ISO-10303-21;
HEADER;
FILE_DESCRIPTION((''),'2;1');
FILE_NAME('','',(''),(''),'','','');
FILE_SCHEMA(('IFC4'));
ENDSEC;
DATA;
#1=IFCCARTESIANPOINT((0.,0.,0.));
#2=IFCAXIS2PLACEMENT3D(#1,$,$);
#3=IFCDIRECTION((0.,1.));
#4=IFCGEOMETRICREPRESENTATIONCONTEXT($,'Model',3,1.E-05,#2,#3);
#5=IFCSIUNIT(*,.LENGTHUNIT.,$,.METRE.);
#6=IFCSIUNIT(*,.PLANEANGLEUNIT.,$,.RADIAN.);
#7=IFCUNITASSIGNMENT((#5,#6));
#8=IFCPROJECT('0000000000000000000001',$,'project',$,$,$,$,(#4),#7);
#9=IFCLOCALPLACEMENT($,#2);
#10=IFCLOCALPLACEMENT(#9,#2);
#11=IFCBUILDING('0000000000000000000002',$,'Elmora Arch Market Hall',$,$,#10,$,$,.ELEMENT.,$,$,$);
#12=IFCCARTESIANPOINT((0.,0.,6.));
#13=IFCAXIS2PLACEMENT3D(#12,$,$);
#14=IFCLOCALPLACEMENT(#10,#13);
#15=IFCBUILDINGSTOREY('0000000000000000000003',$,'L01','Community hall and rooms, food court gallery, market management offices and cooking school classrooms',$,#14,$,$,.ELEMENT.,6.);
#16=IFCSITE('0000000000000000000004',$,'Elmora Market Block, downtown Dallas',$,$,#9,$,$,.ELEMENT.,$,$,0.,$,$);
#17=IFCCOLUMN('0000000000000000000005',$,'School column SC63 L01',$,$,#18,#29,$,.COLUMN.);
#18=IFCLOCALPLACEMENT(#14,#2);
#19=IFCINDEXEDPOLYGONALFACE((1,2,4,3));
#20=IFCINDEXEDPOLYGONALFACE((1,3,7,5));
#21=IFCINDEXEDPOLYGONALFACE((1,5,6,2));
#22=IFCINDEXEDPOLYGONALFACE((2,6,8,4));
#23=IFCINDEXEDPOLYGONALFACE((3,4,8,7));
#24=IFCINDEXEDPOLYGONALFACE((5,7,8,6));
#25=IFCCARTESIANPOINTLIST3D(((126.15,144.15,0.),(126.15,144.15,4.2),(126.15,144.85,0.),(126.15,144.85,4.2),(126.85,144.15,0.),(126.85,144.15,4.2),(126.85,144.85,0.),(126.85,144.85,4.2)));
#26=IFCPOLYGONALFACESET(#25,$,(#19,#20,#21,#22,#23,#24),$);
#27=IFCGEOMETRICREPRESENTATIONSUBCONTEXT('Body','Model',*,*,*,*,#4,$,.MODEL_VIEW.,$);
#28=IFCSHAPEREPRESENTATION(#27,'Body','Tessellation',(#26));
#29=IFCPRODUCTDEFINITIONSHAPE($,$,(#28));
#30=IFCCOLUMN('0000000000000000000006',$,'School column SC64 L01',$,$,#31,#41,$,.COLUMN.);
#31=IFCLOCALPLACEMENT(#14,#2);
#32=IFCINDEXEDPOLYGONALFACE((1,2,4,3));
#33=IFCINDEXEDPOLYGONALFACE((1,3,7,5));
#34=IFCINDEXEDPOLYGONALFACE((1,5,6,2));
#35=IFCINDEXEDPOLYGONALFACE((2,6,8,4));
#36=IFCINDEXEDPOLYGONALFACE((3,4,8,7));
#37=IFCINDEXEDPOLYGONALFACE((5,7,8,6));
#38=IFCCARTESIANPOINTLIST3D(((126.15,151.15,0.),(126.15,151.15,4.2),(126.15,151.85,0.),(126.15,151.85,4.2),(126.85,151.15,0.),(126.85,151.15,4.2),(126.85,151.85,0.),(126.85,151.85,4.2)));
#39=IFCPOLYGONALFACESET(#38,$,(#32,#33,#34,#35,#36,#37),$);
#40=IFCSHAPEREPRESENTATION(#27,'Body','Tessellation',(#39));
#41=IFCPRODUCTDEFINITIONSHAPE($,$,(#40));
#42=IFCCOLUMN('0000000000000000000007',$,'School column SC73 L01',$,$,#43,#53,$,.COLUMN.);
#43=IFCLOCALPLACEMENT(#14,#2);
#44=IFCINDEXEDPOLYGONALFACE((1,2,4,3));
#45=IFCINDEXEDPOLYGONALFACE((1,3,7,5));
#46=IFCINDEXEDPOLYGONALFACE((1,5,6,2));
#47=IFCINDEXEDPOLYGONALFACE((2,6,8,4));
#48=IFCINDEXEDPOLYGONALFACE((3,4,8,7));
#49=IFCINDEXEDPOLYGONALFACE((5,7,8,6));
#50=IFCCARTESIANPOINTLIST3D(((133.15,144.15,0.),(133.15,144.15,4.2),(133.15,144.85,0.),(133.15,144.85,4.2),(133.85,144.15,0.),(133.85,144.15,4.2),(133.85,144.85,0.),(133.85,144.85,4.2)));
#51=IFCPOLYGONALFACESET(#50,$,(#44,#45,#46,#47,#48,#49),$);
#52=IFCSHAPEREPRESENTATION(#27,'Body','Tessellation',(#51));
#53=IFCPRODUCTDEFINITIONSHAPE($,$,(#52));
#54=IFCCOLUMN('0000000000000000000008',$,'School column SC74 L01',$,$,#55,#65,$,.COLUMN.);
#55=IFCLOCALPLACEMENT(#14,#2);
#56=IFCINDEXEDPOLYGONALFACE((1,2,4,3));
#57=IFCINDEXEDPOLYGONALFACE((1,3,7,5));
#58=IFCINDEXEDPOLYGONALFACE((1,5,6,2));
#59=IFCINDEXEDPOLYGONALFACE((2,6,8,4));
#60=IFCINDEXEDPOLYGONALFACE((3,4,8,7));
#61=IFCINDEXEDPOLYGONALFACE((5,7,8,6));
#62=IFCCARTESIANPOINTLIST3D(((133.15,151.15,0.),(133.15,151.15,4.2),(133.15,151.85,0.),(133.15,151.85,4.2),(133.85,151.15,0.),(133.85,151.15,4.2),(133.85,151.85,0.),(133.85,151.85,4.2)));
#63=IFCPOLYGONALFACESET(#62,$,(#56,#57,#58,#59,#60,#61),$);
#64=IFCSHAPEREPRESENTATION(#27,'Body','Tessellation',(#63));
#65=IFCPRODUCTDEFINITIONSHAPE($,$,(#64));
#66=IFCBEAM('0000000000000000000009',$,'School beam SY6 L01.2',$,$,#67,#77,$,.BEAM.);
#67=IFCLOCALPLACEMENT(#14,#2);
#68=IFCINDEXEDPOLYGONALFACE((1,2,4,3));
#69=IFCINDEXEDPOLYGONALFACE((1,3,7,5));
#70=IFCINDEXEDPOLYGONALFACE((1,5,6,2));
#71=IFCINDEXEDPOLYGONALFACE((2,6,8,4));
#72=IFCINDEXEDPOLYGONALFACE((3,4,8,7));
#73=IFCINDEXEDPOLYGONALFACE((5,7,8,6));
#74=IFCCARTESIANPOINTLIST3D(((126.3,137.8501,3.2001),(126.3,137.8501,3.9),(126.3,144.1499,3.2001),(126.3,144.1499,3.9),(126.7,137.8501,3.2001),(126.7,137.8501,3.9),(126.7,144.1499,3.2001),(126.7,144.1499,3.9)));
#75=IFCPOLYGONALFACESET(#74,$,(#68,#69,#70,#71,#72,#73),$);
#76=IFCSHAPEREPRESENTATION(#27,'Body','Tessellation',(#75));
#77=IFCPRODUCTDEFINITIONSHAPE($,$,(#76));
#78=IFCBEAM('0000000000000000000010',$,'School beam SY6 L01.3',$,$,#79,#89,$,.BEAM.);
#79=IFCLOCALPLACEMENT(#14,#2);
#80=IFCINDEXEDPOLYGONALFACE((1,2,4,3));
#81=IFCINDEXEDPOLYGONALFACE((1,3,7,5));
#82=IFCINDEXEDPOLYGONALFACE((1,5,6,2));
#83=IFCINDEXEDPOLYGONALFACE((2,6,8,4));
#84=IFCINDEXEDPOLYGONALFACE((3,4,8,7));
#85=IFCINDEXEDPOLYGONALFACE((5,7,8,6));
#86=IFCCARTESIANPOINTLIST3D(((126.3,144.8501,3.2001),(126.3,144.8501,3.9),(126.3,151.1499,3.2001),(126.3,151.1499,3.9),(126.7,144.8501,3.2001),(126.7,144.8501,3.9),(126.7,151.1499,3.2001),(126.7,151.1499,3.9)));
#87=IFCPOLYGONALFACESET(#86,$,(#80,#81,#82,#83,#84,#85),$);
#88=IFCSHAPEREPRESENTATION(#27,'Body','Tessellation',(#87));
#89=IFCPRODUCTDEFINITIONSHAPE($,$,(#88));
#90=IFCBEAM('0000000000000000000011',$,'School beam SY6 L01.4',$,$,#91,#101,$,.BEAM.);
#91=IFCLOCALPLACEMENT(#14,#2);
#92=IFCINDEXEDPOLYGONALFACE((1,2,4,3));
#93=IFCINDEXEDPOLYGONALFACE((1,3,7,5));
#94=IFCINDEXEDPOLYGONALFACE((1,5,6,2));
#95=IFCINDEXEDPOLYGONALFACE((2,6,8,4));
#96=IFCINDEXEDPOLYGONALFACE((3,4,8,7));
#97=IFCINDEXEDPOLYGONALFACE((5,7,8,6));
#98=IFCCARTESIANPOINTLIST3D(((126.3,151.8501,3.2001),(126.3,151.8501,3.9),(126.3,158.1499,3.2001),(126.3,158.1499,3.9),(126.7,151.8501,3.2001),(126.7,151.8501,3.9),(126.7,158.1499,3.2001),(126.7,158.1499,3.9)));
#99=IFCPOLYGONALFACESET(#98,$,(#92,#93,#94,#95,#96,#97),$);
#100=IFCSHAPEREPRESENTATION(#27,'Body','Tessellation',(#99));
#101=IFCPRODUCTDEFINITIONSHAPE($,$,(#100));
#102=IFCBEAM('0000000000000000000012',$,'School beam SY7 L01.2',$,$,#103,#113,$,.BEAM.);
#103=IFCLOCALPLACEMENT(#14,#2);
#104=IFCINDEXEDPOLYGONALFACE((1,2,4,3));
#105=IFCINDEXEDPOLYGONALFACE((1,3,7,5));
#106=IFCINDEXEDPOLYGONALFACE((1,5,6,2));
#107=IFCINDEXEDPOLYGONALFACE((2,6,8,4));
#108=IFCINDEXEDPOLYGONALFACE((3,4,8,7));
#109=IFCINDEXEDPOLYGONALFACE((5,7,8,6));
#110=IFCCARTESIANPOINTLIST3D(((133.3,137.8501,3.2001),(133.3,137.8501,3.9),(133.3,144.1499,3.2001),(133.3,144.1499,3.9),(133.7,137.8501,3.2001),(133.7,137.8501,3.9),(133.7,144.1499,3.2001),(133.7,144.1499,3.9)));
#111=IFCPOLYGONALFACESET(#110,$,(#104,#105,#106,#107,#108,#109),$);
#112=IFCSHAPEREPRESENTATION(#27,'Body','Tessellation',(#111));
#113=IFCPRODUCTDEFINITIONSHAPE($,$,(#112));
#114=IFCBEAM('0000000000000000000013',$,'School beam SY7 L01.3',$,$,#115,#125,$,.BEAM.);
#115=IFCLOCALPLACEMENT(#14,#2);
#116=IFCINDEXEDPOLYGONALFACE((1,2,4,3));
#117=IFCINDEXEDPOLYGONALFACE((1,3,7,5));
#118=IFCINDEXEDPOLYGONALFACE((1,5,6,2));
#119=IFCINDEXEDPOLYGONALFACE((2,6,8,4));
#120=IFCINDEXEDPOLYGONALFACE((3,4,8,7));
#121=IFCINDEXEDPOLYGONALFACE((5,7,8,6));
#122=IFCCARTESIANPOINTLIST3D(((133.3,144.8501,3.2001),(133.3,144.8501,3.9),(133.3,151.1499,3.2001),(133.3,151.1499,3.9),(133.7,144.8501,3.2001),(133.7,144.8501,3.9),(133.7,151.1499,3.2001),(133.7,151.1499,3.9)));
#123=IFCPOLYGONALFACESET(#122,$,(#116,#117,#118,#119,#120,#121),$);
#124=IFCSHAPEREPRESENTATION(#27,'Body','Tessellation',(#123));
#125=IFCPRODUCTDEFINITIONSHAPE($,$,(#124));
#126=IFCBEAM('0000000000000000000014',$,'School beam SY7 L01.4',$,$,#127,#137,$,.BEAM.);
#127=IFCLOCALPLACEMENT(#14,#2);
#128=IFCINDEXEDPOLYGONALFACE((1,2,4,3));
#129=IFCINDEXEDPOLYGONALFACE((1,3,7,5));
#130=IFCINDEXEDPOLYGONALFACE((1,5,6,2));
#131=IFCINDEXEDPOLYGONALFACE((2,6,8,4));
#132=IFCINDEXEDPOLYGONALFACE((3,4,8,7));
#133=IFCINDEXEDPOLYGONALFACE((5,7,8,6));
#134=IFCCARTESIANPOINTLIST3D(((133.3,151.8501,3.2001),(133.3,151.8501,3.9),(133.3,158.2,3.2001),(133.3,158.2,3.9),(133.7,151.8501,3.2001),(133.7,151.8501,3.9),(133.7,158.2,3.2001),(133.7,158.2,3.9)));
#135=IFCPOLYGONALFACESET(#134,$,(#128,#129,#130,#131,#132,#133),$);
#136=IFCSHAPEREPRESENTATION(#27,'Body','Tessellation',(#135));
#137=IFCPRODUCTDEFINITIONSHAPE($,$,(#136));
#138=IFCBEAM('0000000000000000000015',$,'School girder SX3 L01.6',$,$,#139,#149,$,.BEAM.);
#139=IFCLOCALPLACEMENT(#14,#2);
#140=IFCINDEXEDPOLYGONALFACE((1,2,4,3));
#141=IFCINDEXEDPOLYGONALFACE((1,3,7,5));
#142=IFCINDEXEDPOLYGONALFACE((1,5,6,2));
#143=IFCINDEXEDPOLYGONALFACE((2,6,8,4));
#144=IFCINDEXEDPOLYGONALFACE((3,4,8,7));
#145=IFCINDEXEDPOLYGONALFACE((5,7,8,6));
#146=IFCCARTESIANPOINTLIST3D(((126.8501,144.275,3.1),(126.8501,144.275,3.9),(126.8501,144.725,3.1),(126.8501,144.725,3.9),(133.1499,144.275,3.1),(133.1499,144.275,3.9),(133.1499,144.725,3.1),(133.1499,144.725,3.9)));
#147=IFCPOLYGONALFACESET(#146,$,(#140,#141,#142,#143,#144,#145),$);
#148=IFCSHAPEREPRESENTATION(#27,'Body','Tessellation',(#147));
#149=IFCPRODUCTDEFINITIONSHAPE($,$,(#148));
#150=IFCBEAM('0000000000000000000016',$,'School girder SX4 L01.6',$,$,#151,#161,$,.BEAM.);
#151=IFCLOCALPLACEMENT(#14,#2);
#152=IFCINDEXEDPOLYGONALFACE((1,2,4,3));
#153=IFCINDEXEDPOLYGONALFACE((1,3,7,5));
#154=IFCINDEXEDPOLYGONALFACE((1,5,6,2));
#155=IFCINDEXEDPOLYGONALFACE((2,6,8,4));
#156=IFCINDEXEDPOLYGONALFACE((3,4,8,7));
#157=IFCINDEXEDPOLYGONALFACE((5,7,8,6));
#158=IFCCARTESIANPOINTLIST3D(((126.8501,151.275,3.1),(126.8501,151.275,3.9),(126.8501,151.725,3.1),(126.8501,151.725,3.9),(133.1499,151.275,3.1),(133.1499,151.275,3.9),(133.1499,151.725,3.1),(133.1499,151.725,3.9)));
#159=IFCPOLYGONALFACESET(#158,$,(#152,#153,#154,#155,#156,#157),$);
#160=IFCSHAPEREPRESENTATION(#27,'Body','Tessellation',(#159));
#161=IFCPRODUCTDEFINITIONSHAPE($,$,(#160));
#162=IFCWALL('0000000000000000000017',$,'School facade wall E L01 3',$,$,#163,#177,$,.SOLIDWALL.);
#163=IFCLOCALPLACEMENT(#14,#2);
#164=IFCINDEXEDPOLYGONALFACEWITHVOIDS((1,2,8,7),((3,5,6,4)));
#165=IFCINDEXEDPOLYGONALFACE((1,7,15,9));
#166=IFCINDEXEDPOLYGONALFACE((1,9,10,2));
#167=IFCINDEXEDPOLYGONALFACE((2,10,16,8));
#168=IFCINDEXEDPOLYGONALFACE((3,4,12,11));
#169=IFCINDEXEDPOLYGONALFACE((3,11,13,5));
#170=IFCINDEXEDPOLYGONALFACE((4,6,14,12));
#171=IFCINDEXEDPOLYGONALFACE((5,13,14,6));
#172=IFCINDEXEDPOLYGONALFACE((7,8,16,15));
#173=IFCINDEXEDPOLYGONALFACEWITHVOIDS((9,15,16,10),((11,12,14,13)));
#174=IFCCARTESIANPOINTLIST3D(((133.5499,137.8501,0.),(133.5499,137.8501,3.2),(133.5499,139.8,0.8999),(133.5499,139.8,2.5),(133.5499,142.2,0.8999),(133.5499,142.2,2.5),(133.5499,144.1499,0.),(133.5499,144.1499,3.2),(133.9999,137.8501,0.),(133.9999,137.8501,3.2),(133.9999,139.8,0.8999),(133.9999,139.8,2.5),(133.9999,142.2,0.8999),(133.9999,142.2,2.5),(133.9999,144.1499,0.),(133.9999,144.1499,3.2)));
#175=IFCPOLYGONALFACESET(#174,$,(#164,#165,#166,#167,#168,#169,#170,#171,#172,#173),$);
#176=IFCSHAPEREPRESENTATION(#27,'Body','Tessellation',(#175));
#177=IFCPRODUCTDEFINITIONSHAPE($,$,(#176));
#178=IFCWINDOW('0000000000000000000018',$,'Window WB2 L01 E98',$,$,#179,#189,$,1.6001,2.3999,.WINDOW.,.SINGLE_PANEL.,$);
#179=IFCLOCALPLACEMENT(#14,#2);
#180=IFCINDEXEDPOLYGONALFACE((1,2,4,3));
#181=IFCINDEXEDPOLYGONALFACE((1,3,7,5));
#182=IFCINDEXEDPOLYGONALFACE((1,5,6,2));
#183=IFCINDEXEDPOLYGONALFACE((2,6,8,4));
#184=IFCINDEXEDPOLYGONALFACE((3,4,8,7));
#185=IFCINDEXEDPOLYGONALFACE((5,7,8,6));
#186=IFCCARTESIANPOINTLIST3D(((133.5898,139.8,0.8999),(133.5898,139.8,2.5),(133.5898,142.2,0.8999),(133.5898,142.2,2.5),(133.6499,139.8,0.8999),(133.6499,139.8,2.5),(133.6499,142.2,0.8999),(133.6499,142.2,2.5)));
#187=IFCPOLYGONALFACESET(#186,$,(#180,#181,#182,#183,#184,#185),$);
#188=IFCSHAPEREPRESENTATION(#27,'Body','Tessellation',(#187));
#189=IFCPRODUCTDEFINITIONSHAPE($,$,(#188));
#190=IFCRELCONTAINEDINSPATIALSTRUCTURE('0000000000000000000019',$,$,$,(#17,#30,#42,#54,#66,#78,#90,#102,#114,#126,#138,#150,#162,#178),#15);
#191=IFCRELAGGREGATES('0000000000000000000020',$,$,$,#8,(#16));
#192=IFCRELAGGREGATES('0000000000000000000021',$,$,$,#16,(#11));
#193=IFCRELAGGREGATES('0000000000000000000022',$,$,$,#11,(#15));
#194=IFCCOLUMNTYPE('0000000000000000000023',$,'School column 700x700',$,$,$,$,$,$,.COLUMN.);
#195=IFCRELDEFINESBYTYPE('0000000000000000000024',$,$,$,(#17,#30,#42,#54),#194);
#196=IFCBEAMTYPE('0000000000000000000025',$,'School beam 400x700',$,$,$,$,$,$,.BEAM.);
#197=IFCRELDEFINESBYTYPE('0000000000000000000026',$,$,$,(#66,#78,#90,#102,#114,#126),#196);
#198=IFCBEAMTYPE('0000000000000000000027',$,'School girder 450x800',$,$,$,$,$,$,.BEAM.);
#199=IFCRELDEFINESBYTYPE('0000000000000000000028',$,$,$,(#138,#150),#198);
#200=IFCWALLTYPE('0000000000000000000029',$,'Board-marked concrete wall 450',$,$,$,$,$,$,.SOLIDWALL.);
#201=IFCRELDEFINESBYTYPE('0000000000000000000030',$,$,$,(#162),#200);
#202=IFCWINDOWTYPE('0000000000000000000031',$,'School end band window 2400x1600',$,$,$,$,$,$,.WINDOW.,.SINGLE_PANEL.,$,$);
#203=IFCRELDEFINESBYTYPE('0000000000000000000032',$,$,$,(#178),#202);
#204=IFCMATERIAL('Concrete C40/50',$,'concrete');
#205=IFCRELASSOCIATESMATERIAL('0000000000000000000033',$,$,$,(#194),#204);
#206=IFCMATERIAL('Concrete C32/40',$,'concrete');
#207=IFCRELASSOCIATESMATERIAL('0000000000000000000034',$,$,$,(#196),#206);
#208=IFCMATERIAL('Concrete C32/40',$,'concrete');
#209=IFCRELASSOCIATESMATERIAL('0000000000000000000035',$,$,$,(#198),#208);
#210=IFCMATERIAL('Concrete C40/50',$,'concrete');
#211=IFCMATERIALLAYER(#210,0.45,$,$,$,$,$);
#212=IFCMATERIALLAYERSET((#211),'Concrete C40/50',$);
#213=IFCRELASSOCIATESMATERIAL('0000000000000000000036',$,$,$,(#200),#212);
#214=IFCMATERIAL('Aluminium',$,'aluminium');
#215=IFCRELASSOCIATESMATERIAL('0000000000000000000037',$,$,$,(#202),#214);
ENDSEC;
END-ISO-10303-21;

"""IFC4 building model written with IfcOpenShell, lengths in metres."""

from ifc_helpers import new_model, si_unit, direction, frame, frame_2d, origin, origin_2d, place, context, subcontext, project, spatial, rectangle, extrude, material, layer, layer_set, material_profile, profile_set, type_object, element, fill, save


model = new_model("IFC4")

# Units and contexts
model_context = context("Model", 3, precision=1e-05, world=origin(), true_north=direction((0.0, 1.0)))
body_context = subcontext(model_context, "Body", "Model", "MODEL_VIEW")
ifc_project = project(units=[si_unit("LENGTHUNIT", "METRE"), si_unit("PLANEANGLEUNIT", "RADIAN")], contexts=[model_context])

# Site, building, storey
site_placement = place(None, origin())
site = spatial("IfcSite", under=ifc_project, at=site_placement, Name="Elmora Market Block, downtown Dallas", CompositionType="ELEMENT", RefElevation=0.0)
building_placement = place(site_placement, origin())
building = spatial("IfcBuilding", under=site, at=building_placement, Name="Elmora Arch Market Hall", CompositionType="ELEMENT")
storey_placement = place(building_placement, frame((0.0, 0.0, 6.0)))
storey = spatial("IfcBuildingStorey", under=building, at=storey_placement, Name="L01", Description="Community hall and rooms, food court gallery, market management offices and cooking school classrooms", CompositionType="ELEMENT", Elevation=6.0)

# Columns
ifc_material_1 = material(Name="Concrete C40/50", Category="concrete")
ifc_material_profile_1 = material_profile(ifc_material_1, rectangle(XDim=0.7, YDim=0.7, at=origin_2d()), Name="School column 700x700")
ifc_profile_set_1 = profile_set([ifc_material_profile_1], Name="Concrete C40/50")
column_type = type_object("IfcColumnType", Name="School column 700x700", PredefinedType="COLUMN", material=ifc_profile_set_1)
for number, where, z_axis, x_axis, name in (
    (1, (126.5, 144.5, 0.0), (0.0, 0.0, 1.0), (1.0, 0.0, 0.0), "School column SC63 L01"),
    (2, (126.5, 151.5, 0.0), (0.0, 0.0, 1.0), (1.0, 0.0, 0.0), "School column SC64 L01"),
    (3, (133.5, 144.5, 0.0), (0.0, 0.0, 1.0), (1.0, 0.0, 0.0), "School column SC73 L01"),
    (4, (133.5, 151.5, 0.0), (0.0, 0.0, 1.0), (1.0, 0.0, 0.0), "School column SC74 L01"),
):
    element("IfcColumn", number, at=place(storey_placement, frame(where, z_axis=z_axis, x_axis=x_axis)), inside=storey, type_object=column_type, Name=name, PredefinedType="COLUMN", context=body_context, shape_type="SweptSolid", body=[
        extrude(rectangle(XDim=0.7, YDim=0.7, at=origin_2d()), origin(), (0.0, 0.0, 1.0), 4.2),
    ])

# Beams
ifc_material_2 = material(Name="Concrete C32/40", Category="concrete")
ifc_material_profile_2 = material_profile(ifc_material_2, rectangle(XDim=0.3999, YDim=0.7, at=origin_2d()), Name="School beam 400x700")
ifc_profile_set_2 = profile_set([ifc_material_profile_2], Name="Concrete C32/40")
beam_type_1 = type_object("IfcBeamType", Name="School beam 400x700", PredefinedType="BEAM", material=ifc_profile_set_2)
for number, where, z_axis, x_axis, name in (
    (5, (126.5, 137.8501, 3.55), (0.0, 1.0, 0.0), (-1.0, 0.0, 0.0), "School beam SY6 L01.2"),
    (6, (126.5, 144.8501, 3.55), (0.0, 1.0, 0.0), (-1.0, 0.0, 0.0), "School beam SY6 L01.3"),
    (7, (126.5, 151.8501, 3.55), (0.0, 1.0, 0.0), (-1.0, 0.0, 0.0), "School beam SY6 L01.4"),
    (8, (133.5, 137.8501, 3.55), (0.0, 1.0, 0.0), (-1.0, 0.0, 0.0), "School beam SY7 L01.2"),
    (9, (133.5, 144.8501, 3.55), (0.0, 1.0, 0.0), (-1.0, 0.0, 0.0), "School beam SY7 L01.3"),
):
    element("IfcBeam", number, at=place(storey_placement, frame(where, z_axis=z_axis, x_axis=x_axis)), inside=storey, type_object=beam_type_1, Name=name, PredefinedType="BEAM", context=body_context, shape_type="SweptSolid", body=[
        extrude(rectangle(XDim=0.3999, YDim=0.7, at=origin_2d()), origin(), (0.0, 0.0, 1.0), 6.2998),
    ])
beam_placement = place(storey_placement, frame((133.5, 151.8501, 3.55), z_axis=(0.0, 1.0, 0.0), x_axis=(-1.0, 0.0, 0.0)))
element("IfcBeam", 10, at=beam_placement, inside=storey, type_object=beam_type_1, Name="School beam SY7 L01.4", PredefinedType="BEAM", context=body_context, shape_type="SweptSolid", body=[
    extrude(rectangle(XDim=0.3999, YDim=0.7, at=origin_2d()), origin(), (0.0, 0.0, 1.0), 6.3499),
])
ifc_material_3 = material(Name="Concrete C32/40", Category="concrete")
ifc_material_profile_3 = material_profile(ifc_material_3, rectangle(XDim=0.45, YDim=0.8, at=origin_2d()), Name="School girder 450x800")
ifc_profile_set_3 = profile_set([ifc_material_profile_3], Name="Concrete C32/40")
beam_type_2 = type_object("IfcBeamType", Name="School girder 450x800", PredefinedType="BEAM", material=ifc_profile_set_3)
for number, where, z_axis, x_axis, name in (
    (11, (126.8501, 144.5, 3.5), (1.0, 0.0, 0.0), (0.0, 1.0, 0.0), "School girder SX3 L01.6"),
    (12, (126.8501, 151.5, 3.5), (1.0, 0.0, 0.0), (0.0, 1.0, 0.0), "School girder SX4 L01.6"),
):
    element("IfcBeam", number, at=place(storey_placement, frame(where, z_axis=z_axis, x_axis=x_axis)), inside=storey, type_object=beam_type_2, Name=name, PredefinedType="BEAM", context=body_context, shape_type="SweptSolid", body=[
        extrude(rectangle(XDim=0.45, YDim=0.8, at=origin_2d()), origin(), (0.0, 0.0, 1.0), 6.2998),
    ])

# Wall, opening, window
ifc_material_4 = material(Name="Concrete C40/50", Category="concrete")
ifc_layer_1 = layer(ifc_material_4, 0.45)
ifc_layer_set_1 = layer_set([ifc_layer_1], Name="Concrete C40/50")
wall_type_1 = type_object("IfcWallType", Name="Board-marked concrete wall 450", PredefinedType="SOLIDWALL", material=ifc_layer_set_1)
wall_1_placement = place(storey_placement, frame((133.7749, 144.1499, 0.0), z_axis=(0.0, 0.0, 1.0), x_axis=(0.0, -1.0, 0.0)))
wall_1 = element("IfcWall", 13, at=wall_1_placement, inside=storey, type_object=wall_type_1, Name="School facade wall E L01 3", PredefinedType="SOLIDWALL", context=body_context, shape_type="SweptSolid", body=[
    extrude(rectangle(XDim=6.2998, YDim=0.45, at=frame_2d((3.1499, 0.0))), origin(), (0.0, 0.0, 1.0), 3.2),
])
opening_1_placement = place(wall_1_placement, frame((1.95, 0.0, 0.8999)))
opening_1 = element("IfcOpeningElement", 14, at=opening_1_placement, cuts=wall_1, PredefinedType="OPENING", context=body_context, shape_type="SweptSolid", body=[
    extrude(rectangle(XDim=2.3999, YDim=1.6001, at=frame_2d((1.2, 0.8))), frame((0.0, 0.2349, 0.0), z_axis=(0.0, -1.0, 0.0), x_axis=(1.0, 0.0, 0.0)), (0.0, 0.0, 1.0), 0.47),
])
ifc_material_5 = material(Name="Aluminium", Category="aluminium")
window_type = type_object("IfcWindowType", Name="School end band window 2400x1600", PartitioningType="SINGLE_PANEL", PredefinedType="WINDOW", material=ifc_material_5)
window_1_placement = place(opening_1_placement, origin())
window_1 = element("IfcWindow", 15, at=window_1_placement, inside=storey, type_object=window_type, Name="Window WB2 L01 E98", OverallHeight=1.6001, OverallWidth=2.3999, PartitioningType="SINGLE_PANEL", PredefinedType="WINDOW", context=body_context, shape_type="SweptSolid", body=[
    extrude(rectangle(XDim=2.3999, YDim=1.6001, at=frame_2d((1.2, 0.8))), frame((0.0, -0.125, 0.0), z_axis=(0.0, -1.0, 0.0), x_axis=(1.0, 0.0, 0.0)), (0.0, 0.0, 1.0), 0.0601),
])
fill(opening_1, window_1)

save(model, "model.ifc")
